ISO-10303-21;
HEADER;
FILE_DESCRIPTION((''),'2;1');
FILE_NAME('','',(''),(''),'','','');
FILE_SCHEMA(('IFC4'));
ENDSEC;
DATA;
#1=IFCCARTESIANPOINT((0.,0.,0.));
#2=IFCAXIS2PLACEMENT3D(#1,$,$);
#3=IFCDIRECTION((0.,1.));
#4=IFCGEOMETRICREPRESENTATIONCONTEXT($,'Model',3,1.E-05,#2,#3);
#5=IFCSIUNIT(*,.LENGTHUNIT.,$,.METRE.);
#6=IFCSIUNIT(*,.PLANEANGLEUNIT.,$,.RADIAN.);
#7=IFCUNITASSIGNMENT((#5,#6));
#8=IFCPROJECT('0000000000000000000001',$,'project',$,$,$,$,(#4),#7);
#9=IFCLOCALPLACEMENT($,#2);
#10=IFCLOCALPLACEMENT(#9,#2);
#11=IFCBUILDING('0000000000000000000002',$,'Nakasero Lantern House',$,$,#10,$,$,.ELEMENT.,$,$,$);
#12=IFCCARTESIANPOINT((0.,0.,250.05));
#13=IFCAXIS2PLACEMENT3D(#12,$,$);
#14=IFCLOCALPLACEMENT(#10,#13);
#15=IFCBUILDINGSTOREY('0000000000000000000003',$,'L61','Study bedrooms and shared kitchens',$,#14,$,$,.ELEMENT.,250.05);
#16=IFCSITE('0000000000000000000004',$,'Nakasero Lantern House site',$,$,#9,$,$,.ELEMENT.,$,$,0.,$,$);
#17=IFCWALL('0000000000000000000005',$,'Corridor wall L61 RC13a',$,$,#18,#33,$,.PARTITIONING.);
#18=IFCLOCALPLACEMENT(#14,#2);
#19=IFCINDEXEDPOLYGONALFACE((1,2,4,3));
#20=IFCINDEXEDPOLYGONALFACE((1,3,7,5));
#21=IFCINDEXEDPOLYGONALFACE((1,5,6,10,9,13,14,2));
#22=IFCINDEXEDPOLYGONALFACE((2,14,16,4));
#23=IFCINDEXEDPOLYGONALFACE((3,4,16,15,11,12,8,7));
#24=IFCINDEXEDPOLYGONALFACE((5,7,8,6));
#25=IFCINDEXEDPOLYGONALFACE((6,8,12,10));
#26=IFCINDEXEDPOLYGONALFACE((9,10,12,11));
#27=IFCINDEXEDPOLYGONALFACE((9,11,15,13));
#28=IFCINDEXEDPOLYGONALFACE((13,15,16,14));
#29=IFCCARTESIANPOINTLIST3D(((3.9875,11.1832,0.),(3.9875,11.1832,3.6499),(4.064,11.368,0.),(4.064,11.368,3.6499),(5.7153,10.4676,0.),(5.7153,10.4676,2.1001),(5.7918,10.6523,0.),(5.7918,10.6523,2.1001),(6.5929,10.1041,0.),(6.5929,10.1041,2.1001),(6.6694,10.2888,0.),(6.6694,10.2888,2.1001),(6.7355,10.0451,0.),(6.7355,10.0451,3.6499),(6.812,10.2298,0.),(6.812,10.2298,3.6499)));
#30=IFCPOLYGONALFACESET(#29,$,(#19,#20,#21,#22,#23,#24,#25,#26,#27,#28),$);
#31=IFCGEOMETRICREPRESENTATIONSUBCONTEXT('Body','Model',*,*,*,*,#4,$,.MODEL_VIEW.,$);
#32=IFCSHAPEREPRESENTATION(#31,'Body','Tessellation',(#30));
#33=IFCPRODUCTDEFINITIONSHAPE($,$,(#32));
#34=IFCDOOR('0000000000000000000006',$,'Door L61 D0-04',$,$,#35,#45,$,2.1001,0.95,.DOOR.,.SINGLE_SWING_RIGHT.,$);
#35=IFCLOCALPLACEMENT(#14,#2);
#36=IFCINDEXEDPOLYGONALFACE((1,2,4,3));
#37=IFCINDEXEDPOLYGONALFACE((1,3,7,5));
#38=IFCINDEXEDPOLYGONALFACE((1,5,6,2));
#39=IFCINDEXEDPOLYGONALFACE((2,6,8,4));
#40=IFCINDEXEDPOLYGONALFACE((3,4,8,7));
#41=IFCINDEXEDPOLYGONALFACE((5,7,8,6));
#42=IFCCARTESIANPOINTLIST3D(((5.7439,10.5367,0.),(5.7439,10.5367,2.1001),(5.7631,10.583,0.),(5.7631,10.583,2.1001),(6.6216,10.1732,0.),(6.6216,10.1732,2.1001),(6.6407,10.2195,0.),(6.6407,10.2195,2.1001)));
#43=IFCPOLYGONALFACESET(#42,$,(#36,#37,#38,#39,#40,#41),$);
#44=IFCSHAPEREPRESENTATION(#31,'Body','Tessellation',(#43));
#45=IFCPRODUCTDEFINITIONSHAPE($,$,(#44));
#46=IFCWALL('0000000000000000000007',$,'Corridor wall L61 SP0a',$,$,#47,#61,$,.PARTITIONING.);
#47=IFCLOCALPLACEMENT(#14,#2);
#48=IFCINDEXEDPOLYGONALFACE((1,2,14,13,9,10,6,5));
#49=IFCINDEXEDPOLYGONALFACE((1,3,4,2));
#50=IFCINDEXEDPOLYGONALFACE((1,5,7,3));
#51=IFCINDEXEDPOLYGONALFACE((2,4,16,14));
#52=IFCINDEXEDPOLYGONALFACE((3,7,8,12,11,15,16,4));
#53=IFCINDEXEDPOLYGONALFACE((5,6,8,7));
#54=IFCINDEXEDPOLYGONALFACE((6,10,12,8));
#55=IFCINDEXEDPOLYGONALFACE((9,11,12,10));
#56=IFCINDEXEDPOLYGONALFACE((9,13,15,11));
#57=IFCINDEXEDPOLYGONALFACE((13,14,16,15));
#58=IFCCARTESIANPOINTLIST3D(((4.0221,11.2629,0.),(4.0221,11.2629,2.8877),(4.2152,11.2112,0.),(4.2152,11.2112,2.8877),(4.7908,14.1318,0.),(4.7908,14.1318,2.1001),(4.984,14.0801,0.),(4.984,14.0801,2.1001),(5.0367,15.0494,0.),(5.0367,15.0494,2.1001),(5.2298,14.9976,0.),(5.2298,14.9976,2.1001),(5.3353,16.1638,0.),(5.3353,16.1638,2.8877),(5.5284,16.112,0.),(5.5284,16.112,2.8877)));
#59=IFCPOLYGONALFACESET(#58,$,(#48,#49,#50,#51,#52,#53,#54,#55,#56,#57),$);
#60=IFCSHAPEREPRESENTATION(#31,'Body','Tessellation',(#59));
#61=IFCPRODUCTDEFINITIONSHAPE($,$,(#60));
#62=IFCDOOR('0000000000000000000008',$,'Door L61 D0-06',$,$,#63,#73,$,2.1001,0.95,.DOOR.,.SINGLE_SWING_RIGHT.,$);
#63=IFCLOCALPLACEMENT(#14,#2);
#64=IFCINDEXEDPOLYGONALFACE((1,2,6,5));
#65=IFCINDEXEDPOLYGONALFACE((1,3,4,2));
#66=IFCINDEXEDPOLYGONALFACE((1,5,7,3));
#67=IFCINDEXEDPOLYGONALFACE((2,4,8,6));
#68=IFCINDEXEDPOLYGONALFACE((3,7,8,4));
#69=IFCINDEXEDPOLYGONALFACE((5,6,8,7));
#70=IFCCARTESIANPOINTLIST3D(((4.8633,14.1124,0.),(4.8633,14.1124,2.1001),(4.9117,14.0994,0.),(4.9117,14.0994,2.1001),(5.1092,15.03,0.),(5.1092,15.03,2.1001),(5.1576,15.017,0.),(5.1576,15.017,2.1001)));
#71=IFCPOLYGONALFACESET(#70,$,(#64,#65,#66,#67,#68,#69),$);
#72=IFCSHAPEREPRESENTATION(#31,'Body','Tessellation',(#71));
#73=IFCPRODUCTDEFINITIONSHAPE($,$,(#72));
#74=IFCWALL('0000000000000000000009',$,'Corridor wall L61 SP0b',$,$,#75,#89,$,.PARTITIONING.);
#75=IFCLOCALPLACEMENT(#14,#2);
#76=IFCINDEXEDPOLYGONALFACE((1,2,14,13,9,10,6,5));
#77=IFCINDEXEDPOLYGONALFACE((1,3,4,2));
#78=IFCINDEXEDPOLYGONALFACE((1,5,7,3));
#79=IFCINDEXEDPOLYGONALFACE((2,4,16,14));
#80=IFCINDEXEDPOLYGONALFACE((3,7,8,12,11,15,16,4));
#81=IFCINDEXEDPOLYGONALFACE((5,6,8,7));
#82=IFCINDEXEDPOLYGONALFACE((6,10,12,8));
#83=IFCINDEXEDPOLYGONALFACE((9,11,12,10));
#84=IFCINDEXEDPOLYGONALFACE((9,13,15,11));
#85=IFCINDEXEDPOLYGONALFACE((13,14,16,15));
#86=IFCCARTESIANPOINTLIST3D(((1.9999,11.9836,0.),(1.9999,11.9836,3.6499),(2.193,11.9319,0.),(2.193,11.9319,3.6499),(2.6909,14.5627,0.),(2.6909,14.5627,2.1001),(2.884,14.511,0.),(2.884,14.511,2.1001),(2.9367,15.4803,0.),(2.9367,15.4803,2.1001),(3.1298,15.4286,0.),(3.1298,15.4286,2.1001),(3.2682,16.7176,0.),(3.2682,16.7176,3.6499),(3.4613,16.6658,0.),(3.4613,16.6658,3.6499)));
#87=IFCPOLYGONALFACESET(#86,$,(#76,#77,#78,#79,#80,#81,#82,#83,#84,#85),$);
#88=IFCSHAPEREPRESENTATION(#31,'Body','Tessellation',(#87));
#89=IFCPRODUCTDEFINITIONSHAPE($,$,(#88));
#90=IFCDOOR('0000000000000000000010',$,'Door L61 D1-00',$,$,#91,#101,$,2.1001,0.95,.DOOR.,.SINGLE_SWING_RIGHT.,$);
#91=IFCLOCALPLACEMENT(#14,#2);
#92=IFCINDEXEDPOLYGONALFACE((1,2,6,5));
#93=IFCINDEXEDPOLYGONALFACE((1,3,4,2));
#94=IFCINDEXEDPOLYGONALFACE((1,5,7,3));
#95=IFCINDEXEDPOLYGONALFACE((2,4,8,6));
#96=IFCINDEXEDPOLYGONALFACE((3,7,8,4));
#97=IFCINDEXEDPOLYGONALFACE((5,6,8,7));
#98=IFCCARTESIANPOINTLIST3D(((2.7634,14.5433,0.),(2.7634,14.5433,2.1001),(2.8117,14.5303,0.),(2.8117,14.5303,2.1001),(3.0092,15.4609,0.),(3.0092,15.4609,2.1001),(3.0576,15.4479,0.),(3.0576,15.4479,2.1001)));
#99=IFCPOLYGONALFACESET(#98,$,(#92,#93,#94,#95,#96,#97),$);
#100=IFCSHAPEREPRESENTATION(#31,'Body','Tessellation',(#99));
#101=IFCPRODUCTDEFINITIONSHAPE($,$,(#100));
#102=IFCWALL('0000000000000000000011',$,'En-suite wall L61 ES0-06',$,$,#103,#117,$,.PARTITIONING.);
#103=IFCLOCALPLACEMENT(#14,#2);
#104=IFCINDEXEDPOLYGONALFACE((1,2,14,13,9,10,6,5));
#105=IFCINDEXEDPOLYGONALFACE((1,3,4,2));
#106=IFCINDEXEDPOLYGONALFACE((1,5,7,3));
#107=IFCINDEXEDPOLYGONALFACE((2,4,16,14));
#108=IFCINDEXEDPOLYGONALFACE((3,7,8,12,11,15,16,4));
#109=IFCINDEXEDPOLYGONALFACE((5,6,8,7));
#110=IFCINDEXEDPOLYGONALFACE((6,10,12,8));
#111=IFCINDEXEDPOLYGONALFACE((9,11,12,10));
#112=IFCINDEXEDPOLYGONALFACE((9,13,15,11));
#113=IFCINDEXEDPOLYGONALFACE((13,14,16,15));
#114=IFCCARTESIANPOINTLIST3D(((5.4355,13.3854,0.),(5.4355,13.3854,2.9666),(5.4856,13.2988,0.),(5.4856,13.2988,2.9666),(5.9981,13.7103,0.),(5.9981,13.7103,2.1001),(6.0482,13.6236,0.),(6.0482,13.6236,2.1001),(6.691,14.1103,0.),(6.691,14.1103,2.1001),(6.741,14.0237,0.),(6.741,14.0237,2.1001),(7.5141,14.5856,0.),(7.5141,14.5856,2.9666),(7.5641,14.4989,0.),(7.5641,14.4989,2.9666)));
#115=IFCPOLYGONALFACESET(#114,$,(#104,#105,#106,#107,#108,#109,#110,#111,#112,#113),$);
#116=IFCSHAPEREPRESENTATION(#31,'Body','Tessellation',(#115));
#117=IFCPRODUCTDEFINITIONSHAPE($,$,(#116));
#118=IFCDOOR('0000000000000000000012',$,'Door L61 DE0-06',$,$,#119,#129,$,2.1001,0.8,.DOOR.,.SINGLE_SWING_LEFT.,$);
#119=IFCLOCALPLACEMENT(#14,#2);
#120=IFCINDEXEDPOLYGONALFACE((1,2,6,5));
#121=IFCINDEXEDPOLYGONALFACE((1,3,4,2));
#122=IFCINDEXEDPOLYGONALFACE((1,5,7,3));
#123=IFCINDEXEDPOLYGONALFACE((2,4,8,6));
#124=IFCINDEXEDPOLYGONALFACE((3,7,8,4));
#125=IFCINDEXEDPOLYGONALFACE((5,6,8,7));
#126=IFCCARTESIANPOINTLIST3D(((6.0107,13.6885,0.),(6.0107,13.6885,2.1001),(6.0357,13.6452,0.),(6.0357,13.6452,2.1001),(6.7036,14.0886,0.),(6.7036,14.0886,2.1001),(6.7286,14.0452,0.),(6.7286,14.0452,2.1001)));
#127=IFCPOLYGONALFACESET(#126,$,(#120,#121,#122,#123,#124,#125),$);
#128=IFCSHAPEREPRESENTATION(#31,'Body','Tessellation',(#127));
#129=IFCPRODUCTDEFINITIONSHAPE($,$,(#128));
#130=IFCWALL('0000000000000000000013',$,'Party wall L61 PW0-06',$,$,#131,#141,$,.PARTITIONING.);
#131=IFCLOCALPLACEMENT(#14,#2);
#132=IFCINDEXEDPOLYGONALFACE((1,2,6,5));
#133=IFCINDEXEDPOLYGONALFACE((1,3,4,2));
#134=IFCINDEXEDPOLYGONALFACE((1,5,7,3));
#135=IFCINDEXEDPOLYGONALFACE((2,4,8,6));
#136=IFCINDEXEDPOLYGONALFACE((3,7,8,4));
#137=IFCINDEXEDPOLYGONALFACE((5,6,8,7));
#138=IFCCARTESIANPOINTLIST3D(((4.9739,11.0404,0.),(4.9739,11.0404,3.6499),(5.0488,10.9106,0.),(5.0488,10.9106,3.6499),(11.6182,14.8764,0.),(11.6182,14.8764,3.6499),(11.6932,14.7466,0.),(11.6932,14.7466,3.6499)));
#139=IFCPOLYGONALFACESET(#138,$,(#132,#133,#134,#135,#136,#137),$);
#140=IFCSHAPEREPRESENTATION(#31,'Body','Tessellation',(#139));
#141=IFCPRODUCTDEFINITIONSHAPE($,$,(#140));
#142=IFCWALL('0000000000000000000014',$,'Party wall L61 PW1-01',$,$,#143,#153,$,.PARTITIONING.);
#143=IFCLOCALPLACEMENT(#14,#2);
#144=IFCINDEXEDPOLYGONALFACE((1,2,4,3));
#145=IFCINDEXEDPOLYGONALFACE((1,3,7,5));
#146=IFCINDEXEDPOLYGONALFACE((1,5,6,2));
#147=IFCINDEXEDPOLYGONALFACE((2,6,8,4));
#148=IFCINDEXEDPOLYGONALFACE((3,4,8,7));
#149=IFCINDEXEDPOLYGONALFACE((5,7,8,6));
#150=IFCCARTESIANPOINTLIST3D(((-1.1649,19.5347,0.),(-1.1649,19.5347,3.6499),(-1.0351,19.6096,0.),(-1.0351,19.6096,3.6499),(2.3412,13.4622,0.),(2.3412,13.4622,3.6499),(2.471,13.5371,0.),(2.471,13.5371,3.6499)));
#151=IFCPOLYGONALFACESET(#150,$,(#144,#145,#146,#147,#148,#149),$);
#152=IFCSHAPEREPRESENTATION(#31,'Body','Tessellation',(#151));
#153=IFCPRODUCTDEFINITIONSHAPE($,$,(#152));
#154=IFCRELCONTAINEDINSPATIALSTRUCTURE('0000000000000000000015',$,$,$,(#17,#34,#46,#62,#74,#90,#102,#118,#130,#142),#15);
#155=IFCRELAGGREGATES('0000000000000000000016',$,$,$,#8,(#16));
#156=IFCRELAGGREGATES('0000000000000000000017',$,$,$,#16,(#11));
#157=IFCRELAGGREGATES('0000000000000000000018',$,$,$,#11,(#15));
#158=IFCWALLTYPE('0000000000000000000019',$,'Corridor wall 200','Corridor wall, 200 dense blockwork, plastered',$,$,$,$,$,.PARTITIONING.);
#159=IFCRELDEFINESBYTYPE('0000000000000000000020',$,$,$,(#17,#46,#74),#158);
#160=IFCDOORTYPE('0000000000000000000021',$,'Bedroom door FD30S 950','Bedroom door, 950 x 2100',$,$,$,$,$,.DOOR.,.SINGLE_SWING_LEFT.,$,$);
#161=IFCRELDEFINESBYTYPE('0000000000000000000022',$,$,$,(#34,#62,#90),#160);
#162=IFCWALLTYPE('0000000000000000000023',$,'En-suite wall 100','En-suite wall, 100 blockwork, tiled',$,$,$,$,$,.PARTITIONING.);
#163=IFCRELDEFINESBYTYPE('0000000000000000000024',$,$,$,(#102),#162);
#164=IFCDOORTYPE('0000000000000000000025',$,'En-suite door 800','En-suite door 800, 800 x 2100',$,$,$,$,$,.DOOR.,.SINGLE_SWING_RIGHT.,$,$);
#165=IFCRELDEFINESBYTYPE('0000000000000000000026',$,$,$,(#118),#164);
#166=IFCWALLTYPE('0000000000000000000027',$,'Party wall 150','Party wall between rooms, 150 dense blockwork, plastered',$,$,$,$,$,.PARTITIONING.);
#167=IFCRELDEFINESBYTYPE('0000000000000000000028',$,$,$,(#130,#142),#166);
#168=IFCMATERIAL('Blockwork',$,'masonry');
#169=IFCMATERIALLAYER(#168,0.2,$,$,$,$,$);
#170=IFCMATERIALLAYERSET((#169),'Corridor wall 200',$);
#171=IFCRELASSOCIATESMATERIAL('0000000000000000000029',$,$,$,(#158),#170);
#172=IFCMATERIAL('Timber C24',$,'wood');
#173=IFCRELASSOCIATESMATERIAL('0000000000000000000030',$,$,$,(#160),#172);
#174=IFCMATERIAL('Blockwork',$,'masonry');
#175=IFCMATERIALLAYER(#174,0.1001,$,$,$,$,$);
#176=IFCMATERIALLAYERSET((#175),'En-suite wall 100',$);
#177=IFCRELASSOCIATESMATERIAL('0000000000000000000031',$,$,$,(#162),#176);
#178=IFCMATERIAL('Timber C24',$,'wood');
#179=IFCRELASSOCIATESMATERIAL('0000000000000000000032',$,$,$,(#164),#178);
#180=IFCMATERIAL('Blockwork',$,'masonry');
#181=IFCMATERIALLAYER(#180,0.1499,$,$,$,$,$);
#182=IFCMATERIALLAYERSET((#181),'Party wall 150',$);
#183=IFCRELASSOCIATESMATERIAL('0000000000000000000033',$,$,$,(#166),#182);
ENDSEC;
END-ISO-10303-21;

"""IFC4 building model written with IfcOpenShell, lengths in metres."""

from ifc_helpers import new_model, si_unit, direction, frame, frame_2d, origin, place, context, subcontext, project, spatial, rectangle, extrude, material, layer, layer_set, type_object, element, fill, save


model = new_model("IFC4")

# Units and contexts
model_context = context("Model", 3, precision=1e-05, world=origin(), true_north=direction((0.0, 1.0)))
body_context = subcontext(model_context, "Body", "Model", "MODEL_VIEW")
ifc_project = project(units=[si_unit("LENGTHUNIT", "METRE"), si_unit("PLANEANGLEUNIT", "RADIAN")], contexts=[model_context])

# Site, building, storey
site_placement = place(None, origin())
site = spatial("IfcSite", under=ifc_project, at=site_placement, Name="Nakasero Lantern House site", CompositionType="ELEMENT", RefElevation=0.0)
building_placement = place(site_placement, origin())
building = spatial("IfcBuilding", under=site, at=building_placement, Name="Nakasero Lantern House", CompositionType="ELEMENT")
storey_placement = place(building_placement, frame((0.0, 0.0, 250.05)))
storey = spatial("IfcBuildingStorey", under=building, at=storey_placement, Name="L61", Description="Study bedrooms and shared kitchens", CompositionType="ELEMENT", Elevation=250.05)

# Walls, openings, doors
ifc_material_1 = material(Name="Blockwork", Category="masonry")
ifc_layer_1 = layer(ifc_material_1, 0.2)
ifc_layer_set_1 = layer_set([ifc_layer_1], Name="Corridor wall 200")
wall_type_1 = type_object("IfcWallType", Name="Corridor wall 200", Description="Corridor wall, 200 dense blockwork, plastered", PredefinedType="PARTITIONING", material=ifc_layer_set_1)
wall_1_placement = place(storey_placement, frame((4.0256, 11.2756, 0.0), z_axis=(0.0, 0.0, 1.0), x_axis=(0.923891, -0.382656, 0.0)))
wall_1 = element("IfcWall", 1, at=wall_1_placement, inside=storey, type_object=wall_type_1, Name="Corridor wall L61 RC13a", PredefinedType="PARTITIONING", context=body_context, shape_type="SweptSolid", body=[
    extrude(rectangle(XDim=2.9744, YDim=0.2, at=frame_2d((1.4873, 0.0))), origin(), (0.0, 0.0, 1.0), 3.6499),
])
opening_1_placement = place(wall_1_placement, frame((1.8701, 0.0, 0.0)))
opening_1 = element("IfcOpeningElement", 2, at=opening_1_placement, cuts=wall_1, PredefinedType="OPENING", context=body_context, shape_type="SweptSolid", body=[
    extrude(rectangle(XDim=0.95, YDim=2.1001, at=frame_2d((0.4751, 1.05))), frame((0.0, 0.1199, 0.0), z_axis=(0.0, -1.0, 0.0), x_axis=(1.0, 0.0, 0.0)), (0.0, 0.0, 1.0), 0.24),
])
ifc_material_2 = material(Name="Timber C24", Category="wood")
door_type_1 = type_object("IfcDoorType", Name="Bedroom door FD30S 950", Description="Bedroom door, 950 x 2100", OperationType="SINGLE_SWING_LEFT", PredefinedType="DOOR", material=ifc_material_2)
door_1_placement = place(opening_1_placement, origin())
door_1 = element("IfcDoor", 3, at=door_1_placement, inside=storey, type_object=door_type_1, Name="Door L61 D0-04", OperationType="SINGLE_SWING_RIGHT", OverallHeight=2.1001, OverallWidth=0.95, PredefinedType="DOOR", context=body_context, shape_type="SweptSolid", body=[
    extrude(rectangle(XDim=0.95, YDim=2.1001, at=frame_2d((0.4751, 1.05))), frame((0.0, 0.0249, 0.0), z_axis=(0.0, -1.0, 0.0), x_axis=(1.0, 0.0, 0.0)), (0.0, 0.0, 1.0), 0.05),
])
fill(opening_1, door_1)
wall_2_placement = place(storey_placement, frame((4.1187, 11.2371, 0.0), z_axis=(0.0, 0.0, 1.0), x_axis=(0.258827, 0.965924, 0.0)))
wall_2 = element("IfcWall", 4, at=wall_2_placement, inside=storey, type_object=wall_type_1, Name="Corridor wall L61 SP0a", PredefinedType="PARTITIONING", context=body_context, shape_type="SweptSolid", body=[
    extrude(rectangle(XDim=5.0737, YDim=0.2, at=frame_2d((2.5369, 0.0))), origin(), (0.0, 0.0, 1.0), 2.8877),
])
opening_2_placement = place(wall_2_placement, frame((2.97, 0.0, 0.0)))
opening_2 = element("IfcOpeningElement", 5, at=opening_2_placement, cuts=wall_2, PredefinedType="OPENING", context=body_context, shape_type="SweptSolid", body=[
    extrude(rectangle(XDim=0.95, YDim=2.1001, at=frame_2d((0.4751, 1.05))), frame((0.0, 0.1199, 0.0), z_axis=(0.0, -1.0, 0.0), x_axis=(1.0, 0.0, 0.0)), (0.0, 0.0, 1.0), 0.24),
])
door_2_placement = place(opening_2_placement, origin())
door_2 = element("IfcDoor", 6, at=door_2_placement, inside=storey, type_object=door_type_1, Name="Door L61 D0-06", OperationType="SINGLE_SWING_RIGHT", OverallHeight=2.1001, OverallWidth=0.95, PredefinedType="DOOR", context=body_context, shape_type="SweptSolid", body=[
    extrude(rectangle(XDim=0.95, YDim=2.1001, at=frame_2d((0.4751, 1.05))), frame((0.0, 0.0249, 0.0), z_axis=(0.0, -1.0, 0.0), x_axis=(1.0, 0.0, 0.0)), (0.0, 0.0, 1.0), 0.05),
])
fill(opening_2, door_2)
wall_3_placement = place(storey_placement, frame((2.0964, 11.9578, 0.0), z_axis=(0.0, 0.0, 1.0), x_axis=(0.258794, 0.965932, 0.0)))
wall_3 = element("IfcWall", 7, at=wall_3_placement, inside=storey, type_object=wall_type_1, Name="Corridor wall L61 SP0b", PredefinedType="PARTITIONING", context=body_context, shape_type="SweptSolid", body=[
    extrude(rectangle(XDim=4.9009, YDim=0.2, at=frame_2d((2.4504, 0.0))), origin(), (0.0, 0.0, 1.0), 3.6499),
])
opening_3_placement = place(wall_3_placement, frame((2.6699, 0.0, 0.0)))
opening_3 = element("IfcOpeningElement", 8, at=opening_3_placement, cuts=wall_3, PredefinedType="OPENING", context=body_context, shape_type="SweptSolid", body=[
    extrude(rectangle(XDim=0.95, YDim=2.1001, at=frame_2d((0.4751, 1.05))), frame((0.0, 0.1199, 0.0), z_axis=(0.0, -1.0, 0.0), x_axis=(1.0, 0.0, 0.0)), (0.0, 0.0, 1.0), 0.24),
])
door_3_placement = place(opening_3_placement, origin())
door_3 = element("IfcDoor", 9, at=door_3_placement, inside=storey, type_object=door_type_1, Name="Door L61 D1-00", OperationType="SINGLE_SWING_RIGHT", OverallHeight=2.1001, OverallWidth=0.95, PredefinedType="DOOR", context=body_context, shape_type="SweptSolid", body=[
    extrude(rectangle(XDim=0.95, YDim=2.1001, at=frame_2d((0.4751, 1.05))), frame((0.0, 0.0249, 0.0), z_axis=(0.0, -1.0, 0.0), x_axis=(1.0, 0.0, 0.0)), (0.0, 0.0, 1.0), 0.05),
])
fill(opening_3, door_3)
ifc_material_3 = material(Name="Blockwork", Category="masonry")
ifc_layer_2 = layer(ifc_material_3, 0.1001)
ifc_layer_set_2 = layer_set([ifc_layer_2], Name="En-suite wall 100")
wall_type_2 = type_object("IfcWallType", Name="En-suite wall 100", Description="En-suite wall, 100 blockwork, tiled", PredefinedType="PARTITIONING", material=ifc_layer_set_2)
wall_4_placement = place(storey_placement, frame((5.4604, 13.342, 0.0), z_axis=(0.0, 0.0, 1.0), x_axis=(0.866006, 0.500034, 0.0)))
wall_4 = element("IfcWall", 10, at=wall_4_placement, inside=storey, type_object=wall_type_2, Name="En-suite wall L61 ES0-06", PredefinedType="PARTITIONING", context=body_context, shape_type="SweptSolid", body=[
    extrude(rectangle(XDim=2.4001, YDim=0.1001, at=frame_2d((1.2002, 0.0))), origin(), (0.0, 0.0, 1.0), 2.9666),
])
opening_4_placement = place(wall_4_placement, frame((0.6499, 0.0, 0.0)))
opening_4 = element("IfcOpeningElement", 11, at=opening_4_placement, cuts=wall_4, PredefinedType="OPENING", context=body_context, shape_type="SweptSolid", body=[
    extrude(rectangle(XDim=0.8, YDim=2.1001, at=frame_2d((0.3999, 1.05))), frame((0.0, 0.0701, 0.0), z_axis=(0.0, -1.0, 0.0), x_axis=(1.0, 0.0, 0.0)), (0.0, 0.0, 1.0), 0.1401),
])
ifc_material_4 = material(Name="Timber C24", Category="wood")
door_type_2 = type_object("IfcDoorType", Name="En-suite door 800", Description="En-suite door 800, 800 x 2100", OperationType="SINGLE_SWING_RIGHT", PredefinedType="DOOR", material=ifc_material_4)
door_4_placement = place(opening_4_placement, origin())
door_4 = element("IfcDoor", 12, at=door_4_placement, inside=storey, type_object=door_type_2, Name="Door L61 DE0-06", OperationType="SINGLE_SWING_LEFT", OverallHeight=2.1001, OverallWidth=0.8, PredefinedType="DOOR", context=body_context, shape_type="SweptSolid", body=[
    extrude(rectangle(XDim=0.8, YDim=2.1001, at=frame_2d((0.3999, 1.05))), frame((0.0, 0.0249, 0.0), z_axis=(0.0, -1.0, 0.0), x_axis=(1.0, 0.0, 0.0)), (0.0, 0.0, 1.0), 0.05),
])
fill(opening_4, door_4)

# Walls
ifc_material_5 = material(Name="Blockwork", Category="masonry")
ifc_layer_3 = layer(ifc_material_5, 0.1499)
ifc_layer_set_3 = layer_set([ifc_layer_3], Name="Party wall 150")
wall_type_3 = type_object("IfcWallType", Name="Party wall 150", Description="Party wall between rooms, 150 dense blockwork, plastered", PredefinedType="PARTITIONING", material=ifc_layer_set_3)
wall_5_placement = place(storey_placement, frame((5.0115, 10.9756, 0.0), z_axis=(0.0, 0.0, 1.0), x_axis=(0.866034, 0.499986, 0.0)))
element("IfcWall", 13, at=wall_5_placement, inside=storey, type_object=wall_type_3, Name="Party wall L61 PW0-06", PredefinedType="PARTITIONING", context=body_context, shape_type="SweptSolid", body=[
    extrude(rectangle(XDim=7.6721, YDim=0.1499, at=frame_2d((3.8359, 0.0))), origin(), (0.0, 0.0, 1.0), 3.6499),
])
wall_6_placement = place(storey_placement, frame((2.406, 13.4998, 0.0), z_axis=(0.0, 0.0, 1.0), x_axis=(-0.500015, 0.866017, 0.0)))
element("IfcWall", 14, at=wall_6_placement, inside=storey, type_object=wall_type_3, Name="Party wall L61 PW1-01", PredefinedType="PARTITIONING", context=body_context, shape_type="SweptSolid", body=[
    extrude(rectangle(XDim=7.012, YDim=0.1499, at=frame_2d((3.5059, 0.0))), origin(), (0.0, 0.0, 1.0), 3.6499),
])

save(model, "model.ifc")
